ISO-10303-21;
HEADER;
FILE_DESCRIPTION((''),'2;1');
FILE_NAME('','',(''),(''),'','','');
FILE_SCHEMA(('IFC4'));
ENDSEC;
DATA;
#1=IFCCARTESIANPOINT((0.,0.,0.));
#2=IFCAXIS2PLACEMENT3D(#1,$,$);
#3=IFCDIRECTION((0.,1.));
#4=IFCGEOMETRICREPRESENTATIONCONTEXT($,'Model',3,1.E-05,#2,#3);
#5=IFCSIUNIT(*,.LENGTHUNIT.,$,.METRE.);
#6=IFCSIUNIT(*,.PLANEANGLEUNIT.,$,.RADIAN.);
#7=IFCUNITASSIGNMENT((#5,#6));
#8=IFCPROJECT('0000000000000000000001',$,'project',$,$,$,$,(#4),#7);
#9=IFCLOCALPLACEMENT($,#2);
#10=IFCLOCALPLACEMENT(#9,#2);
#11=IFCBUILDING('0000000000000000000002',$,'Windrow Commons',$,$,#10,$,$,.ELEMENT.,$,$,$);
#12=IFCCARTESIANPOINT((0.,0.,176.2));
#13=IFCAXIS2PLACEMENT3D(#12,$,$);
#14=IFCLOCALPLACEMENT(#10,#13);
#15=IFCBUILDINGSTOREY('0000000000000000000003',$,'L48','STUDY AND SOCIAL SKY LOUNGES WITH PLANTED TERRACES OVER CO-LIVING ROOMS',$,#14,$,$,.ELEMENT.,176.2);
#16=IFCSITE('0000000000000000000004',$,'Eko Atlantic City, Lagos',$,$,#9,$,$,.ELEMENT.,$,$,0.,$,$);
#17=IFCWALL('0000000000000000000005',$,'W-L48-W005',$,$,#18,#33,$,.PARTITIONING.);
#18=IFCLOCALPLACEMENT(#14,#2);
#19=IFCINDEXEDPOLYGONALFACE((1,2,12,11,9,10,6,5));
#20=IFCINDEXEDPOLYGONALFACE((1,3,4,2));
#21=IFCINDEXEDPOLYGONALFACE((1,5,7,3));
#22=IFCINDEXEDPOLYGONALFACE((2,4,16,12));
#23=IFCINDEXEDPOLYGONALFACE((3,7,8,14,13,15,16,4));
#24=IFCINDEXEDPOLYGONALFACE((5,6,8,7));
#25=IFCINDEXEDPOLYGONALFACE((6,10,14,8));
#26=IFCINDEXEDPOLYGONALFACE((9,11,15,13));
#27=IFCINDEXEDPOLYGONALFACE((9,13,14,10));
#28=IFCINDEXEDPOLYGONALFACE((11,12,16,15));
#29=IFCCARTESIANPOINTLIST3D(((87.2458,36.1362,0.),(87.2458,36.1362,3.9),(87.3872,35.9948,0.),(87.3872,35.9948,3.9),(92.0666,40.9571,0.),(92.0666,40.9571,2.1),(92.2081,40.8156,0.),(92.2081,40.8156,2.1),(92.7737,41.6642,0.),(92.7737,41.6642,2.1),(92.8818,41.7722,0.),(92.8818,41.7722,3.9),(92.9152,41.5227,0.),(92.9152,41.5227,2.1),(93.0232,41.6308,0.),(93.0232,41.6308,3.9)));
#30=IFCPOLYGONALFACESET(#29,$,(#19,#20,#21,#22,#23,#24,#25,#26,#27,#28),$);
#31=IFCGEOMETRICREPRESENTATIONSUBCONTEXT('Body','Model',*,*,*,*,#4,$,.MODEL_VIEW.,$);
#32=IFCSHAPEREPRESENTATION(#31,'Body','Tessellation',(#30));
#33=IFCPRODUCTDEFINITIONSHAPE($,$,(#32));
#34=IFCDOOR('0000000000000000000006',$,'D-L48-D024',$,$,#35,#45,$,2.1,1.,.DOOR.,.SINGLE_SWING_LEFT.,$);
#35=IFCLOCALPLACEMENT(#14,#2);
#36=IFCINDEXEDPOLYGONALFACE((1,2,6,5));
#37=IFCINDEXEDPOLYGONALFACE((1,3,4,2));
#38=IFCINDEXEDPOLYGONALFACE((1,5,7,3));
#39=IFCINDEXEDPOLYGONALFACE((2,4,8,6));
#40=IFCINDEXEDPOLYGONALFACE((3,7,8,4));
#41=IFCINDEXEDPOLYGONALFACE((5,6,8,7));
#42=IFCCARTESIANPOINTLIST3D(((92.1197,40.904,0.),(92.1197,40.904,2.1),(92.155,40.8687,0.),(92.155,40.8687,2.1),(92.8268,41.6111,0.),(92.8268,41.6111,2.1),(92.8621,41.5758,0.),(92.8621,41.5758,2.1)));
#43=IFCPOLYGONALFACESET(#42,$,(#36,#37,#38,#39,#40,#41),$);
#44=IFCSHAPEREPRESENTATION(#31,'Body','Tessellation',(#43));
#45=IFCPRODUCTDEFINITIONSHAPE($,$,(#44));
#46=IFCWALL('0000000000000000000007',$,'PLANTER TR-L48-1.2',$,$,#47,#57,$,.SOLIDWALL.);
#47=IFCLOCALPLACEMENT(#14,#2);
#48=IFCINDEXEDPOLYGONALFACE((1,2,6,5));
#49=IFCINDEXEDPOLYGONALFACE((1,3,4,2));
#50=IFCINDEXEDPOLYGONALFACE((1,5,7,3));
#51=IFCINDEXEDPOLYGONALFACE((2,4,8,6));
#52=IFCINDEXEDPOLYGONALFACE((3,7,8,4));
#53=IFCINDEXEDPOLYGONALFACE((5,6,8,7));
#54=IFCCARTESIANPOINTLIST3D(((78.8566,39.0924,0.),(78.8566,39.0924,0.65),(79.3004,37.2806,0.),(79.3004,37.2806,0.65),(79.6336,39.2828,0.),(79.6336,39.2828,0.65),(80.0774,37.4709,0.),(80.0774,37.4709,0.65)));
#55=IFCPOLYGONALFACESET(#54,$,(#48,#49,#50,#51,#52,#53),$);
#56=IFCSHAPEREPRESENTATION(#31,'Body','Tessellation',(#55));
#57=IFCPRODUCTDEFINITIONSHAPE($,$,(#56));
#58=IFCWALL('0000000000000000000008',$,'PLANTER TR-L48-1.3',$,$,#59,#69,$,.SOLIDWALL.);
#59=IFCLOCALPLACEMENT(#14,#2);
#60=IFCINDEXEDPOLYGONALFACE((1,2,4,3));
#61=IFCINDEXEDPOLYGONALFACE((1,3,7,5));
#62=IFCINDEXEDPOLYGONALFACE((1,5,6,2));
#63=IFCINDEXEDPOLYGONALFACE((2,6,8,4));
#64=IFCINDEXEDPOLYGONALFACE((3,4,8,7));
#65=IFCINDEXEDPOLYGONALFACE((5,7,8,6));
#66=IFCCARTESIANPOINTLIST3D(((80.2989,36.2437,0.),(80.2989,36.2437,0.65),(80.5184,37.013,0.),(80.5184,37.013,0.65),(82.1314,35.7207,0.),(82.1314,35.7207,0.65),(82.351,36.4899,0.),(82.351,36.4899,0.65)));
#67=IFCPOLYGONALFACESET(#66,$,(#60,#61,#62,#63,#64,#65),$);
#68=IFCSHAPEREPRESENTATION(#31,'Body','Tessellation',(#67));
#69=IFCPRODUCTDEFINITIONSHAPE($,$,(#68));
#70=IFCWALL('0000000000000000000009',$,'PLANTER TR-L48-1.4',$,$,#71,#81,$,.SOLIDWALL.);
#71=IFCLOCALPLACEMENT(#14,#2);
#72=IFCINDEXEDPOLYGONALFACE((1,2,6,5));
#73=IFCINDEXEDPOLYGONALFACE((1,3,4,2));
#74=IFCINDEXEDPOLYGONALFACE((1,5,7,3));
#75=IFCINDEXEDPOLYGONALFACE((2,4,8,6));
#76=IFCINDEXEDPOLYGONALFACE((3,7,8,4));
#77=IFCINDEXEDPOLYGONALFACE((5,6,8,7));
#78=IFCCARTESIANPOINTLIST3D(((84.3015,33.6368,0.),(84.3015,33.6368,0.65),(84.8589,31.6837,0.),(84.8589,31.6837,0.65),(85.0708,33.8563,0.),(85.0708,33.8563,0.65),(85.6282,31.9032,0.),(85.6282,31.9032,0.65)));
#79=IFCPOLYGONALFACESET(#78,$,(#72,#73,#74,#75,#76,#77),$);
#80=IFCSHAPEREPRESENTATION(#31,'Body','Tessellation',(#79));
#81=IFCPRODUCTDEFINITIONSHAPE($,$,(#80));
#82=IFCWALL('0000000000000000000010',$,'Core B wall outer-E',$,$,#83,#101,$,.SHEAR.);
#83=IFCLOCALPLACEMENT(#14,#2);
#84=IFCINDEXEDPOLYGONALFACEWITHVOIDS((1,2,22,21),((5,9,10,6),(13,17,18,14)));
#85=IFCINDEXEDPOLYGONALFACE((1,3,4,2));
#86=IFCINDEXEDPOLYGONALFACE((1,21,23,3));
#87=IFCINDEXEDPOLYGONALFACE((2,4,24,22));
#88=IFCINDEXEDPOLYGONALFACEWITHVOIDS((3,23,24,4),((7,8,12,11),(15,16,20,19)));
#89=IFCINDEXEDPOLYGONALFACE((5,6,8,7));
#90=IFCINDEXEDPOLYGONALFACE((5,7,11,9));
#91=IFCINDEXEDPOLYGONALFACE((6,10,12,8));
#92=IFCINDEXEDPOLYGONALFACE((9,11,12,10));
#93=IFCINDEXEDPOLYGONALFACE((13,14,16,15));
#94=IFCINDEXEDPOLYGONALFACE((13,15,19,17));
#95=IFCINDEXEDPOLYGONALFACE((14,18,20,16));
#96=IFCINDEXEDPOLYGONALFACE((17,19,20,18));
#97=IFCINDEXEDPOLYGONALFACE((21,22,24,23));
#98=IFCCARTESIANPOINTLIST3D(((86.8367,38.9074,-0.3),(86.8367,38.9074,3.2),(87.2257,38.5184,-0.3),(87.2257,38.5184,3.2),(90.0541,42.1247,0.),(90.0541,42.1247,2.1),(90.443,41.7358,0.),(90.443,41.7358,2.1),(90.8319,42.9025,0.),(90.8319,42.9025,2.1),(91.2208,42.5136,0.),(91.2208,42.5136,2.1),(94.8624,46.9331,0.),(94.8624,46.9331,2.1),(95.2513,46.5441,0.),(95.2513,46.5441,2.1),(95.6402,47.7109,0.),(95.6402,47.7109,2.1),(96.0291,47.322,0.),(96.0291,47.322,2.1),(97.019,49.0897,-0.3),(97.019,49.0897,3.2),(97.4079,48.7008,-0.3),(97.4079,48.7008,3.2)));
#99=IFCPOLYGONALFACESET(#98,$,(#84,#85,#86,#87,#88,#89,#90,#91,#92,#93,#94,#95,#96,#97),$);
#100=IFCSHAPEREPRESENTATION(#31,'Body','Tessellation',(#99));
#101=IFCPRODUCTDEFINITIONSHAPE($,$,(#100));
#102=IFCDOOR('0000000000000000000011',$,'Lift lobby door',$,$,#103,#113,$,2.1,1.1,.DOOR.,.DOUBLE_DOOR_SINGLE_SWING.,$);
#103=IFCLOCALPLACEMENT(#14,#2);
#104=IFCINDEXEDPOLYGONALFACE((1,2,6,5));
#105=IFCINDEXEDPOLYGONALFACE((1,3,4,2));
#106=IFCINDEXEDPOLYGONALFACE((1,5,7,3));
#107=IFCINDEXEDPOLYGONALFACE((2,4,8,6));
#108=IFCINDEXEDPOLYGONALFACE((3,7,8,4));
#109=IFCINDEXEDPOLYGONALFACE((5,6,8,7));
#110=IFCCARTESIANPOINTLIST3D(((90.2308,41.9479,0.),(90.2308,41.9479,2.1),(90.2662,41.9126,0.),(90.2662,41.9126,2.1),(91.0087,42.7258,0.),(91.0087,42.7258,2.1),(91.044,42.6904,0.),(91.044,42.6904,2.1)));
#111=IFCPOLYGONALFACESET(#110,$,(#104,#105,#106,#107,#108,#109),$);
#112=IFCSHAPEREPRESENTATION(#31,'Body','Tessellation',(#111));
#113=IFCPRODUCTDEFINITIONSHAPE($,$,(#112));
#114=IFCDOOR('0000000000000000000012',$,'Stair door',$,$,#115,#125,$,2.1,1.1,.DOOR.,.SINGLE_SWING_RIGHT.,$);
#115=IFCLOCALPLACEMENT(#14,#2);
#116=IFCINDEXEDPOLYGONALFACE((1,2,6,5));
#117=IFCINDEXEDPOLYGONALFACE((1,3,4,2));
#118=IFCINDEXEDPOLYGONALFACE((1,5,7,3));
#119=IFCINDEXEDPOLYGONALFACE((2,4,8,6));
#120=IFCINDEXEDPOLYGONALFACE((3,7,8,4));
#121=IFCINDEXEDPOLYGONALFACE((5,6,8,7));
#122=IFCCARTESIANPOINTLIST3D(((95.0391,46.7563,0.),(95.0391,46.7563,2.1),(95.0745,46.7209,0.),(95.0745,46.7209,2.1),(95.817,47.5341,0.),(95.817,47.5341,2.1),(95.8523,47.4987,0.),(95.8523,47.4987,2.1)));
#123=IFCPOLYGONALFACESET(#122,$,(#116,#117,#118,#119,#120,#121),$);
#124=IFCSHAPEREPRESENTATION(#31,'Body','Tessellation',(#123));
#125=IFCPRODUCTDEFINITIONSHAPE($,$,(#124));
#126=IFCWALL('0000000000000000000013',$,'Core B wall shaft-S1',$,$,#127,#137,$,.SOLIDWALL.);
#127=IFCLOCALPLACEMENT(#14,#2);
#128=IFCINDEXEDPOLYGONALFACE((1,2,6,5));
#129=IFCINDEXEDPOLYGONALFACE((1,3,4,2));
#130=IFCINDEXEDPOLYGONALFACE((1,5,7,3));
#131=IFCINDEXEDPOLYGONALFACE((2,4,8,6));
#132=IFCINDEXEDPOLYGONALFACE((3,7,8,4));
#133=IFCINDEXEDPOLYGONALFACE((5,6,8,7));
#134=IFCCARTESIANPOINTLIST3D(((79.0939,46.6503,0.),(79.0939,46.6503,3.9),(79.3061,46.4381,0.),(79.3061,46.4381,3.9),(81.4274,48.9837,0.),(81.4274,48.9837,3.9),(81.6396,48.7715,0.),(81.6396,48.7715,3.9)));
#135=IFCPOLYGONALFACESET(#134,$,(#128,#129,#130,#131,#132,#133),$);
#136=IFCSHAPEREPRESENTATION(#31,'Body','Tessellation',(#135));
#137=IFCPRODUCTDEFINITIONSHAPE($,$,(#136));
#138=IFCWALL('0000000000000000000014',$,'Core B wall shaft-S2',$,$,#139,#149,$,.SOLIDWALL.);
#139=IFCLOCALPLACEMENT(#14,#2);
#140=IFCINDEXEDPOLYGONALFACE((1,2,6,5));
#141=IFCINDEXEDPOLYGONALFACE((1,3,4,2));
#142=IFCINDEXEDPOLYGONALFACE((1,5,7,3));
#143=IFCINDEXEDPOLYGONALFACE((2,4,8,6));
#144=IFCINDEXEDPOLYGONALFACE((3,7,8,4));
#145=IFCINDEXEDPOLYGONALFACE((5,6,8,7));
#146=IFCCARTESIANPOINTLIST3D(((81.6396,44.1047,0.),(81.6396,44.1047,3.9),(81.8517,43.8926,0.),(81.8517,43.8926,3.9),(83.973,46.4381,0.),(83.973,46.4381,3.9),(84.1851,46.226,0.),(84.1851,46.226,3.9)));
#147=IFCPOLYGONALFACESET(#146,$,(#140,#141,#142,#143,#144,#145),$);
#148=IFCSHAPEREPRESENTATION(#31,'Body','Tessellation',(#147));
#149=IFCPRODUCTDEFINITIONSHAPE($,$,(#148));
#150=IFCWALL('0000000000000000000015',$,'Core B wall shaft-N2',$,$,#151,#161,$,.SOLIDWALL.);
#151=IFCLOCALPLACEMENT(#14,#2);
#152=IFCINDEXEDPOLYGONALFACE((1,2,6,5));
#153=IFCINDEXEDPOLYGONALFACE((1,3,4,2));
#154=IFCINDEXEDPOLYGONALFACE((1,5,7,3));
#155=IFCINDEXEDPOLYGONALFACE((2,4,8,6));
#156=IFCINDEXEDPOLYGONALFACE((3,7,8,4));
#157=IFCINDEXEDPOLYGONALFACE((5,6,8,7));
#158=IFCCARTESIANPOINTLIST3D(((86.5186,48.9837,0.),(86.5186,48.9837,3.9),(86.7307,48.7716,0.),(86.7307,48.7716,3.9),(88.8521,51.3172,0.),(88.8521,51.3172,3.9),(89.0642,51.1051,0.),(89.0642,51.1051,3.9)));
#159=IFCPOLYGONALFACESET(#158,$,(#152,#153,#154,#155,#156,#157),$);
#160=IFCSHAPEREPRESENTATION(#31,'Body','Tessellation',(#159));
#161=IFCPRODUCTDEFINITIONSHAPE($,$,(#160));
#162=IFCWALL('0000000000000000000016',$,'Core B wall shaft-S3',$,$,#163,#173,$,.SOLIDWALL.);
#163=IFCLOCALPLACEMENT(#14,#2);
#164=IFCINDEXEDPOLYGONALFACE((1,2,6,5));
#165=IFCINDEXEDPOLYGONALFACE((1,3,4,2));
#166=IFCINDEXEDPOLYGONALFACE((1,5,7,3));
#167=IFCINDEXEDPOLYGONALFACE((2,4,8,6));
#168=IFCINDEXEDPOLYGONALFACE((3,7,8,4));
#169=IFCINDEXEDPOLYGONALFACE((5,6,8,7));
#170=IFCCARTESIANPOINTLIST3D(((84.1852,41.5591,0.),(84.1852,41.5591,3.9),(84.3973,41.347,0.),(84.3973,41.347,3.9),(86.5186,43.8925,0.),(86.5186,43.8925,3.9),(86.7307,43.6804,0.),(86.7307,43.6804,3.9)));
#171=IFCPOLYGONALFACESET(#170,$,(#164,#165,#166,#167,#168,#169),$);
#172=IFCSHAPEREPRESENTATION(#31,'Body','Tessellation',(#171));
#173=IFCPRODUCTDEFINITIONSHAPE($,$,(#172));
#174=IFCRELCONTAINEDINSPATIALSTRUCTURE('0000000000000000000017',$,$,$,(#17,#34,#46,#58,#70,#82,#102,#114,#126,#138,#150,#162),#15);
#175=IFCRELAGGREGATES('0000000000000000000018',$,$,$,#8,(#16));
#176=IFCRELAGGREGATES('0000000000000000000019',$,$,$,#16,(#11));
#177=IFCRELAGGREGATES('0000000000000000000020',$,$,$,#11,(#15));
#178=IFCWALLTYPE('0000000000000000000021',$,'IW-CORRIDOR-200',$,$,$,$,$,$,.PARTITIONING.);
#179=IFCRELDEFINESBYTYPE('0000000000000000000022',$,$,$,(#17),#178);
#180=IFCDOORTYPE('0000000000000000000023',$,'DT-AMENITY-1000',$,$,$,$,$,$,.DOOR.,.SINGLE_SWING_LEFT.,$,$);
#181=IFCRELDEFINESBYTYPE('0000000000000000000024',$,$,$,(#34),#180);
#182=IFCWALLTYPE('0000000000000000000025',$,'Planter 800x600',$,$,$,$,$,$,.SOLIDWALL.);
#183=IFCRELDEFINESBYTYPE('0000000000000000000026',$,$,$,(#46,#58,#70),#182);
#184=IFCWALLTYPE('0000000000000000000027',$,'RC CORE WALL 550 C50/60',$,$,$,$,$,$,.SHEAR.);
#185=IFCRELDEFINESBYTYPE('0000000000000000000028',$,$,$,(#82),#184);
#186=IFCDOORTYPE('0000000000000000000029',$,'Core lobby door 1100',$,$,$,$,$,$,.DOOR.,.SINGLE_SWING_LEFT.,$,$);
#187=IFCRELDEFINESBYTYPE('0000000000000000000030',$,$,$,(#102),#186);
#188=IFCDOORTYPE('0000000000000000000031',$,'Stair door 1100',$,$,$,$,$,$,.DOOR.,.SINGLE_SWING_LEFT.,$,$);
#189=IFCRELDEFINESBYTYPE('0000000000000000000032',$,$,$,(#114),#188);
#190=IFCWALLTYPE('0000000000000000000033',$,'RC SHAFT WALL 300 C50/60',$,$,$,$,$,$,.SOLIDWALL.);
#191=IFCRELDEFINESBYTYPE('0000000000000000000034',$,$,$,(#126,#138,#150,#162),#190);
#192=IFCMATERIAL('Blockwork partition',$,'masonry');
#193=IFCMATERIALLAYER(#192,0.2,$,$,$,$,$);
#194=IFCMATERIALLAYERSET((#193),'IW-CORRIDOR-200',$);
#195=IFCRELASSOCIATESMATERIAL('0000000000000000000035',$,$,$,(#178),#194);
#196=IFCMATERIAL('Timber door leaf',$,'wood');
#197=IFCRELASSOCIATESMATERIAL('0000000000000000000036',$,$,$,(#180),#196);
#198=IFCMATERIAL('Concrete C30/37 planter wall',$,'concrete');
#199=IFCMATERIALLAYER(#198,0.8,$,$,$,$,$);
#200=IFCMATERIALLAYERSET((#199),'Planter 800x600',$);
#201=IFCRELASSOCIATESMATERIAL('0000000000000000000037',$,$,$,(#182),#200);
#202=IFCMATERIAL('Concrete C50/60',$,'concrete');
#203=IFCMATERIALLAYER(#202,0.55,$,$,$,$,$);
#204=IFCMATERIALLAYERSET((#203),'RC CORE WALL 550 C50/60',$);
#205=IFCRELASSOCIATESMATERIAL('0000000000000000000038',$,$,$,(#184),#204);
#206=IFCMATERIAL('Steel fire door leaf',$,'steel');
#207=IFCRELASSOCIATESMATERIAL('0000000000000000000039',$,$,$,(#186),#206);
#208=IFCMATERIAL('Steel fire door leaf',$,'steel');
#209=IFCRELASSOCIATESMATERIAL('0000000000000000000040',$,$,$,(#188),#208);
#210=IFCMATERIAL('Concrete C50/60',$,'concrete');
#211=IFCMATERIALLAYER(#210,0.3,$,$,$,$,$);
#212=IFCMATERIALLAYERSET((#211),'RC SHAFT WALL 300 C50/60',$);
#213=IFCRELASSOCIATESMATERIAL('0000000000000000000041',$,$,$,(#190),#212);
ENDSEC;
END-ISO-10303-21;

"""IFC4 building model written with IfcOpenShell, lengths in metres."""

from ifc_helpers import new_model, si_unit, direction, frame, frame_2d, origin, place, context, subcontext, project, spatial, rectangle, extrude, material, layer, layer_set, type_object, element, fill, save


model = new_model("IFC4")

# Units and contexts
model_context = context("Model", 3, precision=1e-05, world=origin(), true_north=direction((0.0, 1.0)))
body_context = subcontext(model_context, "Body", "Model", "MODEL_VIEW")
ifc_project = project(units=[si_unit("LENGTHUNIT", "METRE"), si_unit("PLANEANGLEUNIT", "RADIAN")], contexts=[model_context])

# Site, building, storey
site_placement = place(None, origin())
site = spatial("IfcSite", under=ifc_project, at=site_placement, Name="Eko Atlantic City, Lagos", CompositionType="ELEMENT", RefElevation=0.0)
building_placement = place(site_placement, origin())
building = spatial("IfcBuilding", under=site, at=building_placement, Name="Windrow Commons", CompositionType="ELEMENT")
storey_placement = place(building_placement, frame((0.0, 0.0, 176.2)))
storey = spatial("IfcBuildingStorey", under=building, at=storey_placement, Name="L48", Description="STUDY AND SOCIAL SKY LOUNGES WITH PLANTED TERRACES OVER CO-LIVING ROOMS", CompositionType="ELEMENT", Elevation=176.2)

# Wall, opening, door
ifc_material_1 = material(Name="Blockwork partition", Category="masonry")
ifc_layer_1 = layer(ifc_material_1, 0.2)
ifc_layer_set_1 = layer_set([ifc_layer_1], Name="IW-CORRIDOR-200")
wall_type_1 = type_object("IfcWallType", Name="IW-CORRIDOR-200", PredefinedType="PARTITIONING", material=ifc_layer_set_1)
wall_1_placement = place(storey_placement, frame((87.3165, 36.0655, 0.0), z_axis=(0.0, 0.0, 1.0), x_axis=(0.707107, 0.707107, 0.0)))
wall_1 = element("IfcWall", 1, at=wall_1_placement, inside=storey, type_object=wall_type_1, Name="W-L48-W005", PredefinedType="PARTITIONING", context=body_context, shape_type="SweptSolid", body=[
    extrude(rectangle(XDim=7.9705, YDim=0.2, at=frame_2d((3.9853, 0.0))), origin(), (0.0, 0.0, 1.0), 3.9),
])
opening_1_placement = place(wall_1_placement, frame((6.8177, 0.0, 0.0)))
opening_1 = element("IfcOpeningElement", 2, at=opening_1_placement, cuts=wall_1, PredefinedType="OPENING", context=body_context, shape_type="SweptSolid", body=[
    extrude(rectangle(XDim=1.0, YDim=2.1, at=frame_2d((0.5, 1.05))), frame((0.0, 0.11, 0.0), z_axis=(0.0, -1.0, 0.0), x_axis=(1.0, 0.0, 0.0)), (0.0, 0.0, 1.0), 0.22),
])
ifc_material_2 = material(Name="Timber door leaf", Category="wood")
door_type_1 = type_object("IfcDoorType", Name="DT-AMENITY-1000", OperationType="SINGLE_SWING_LEFT", PredefinedType="DOOR", material=ifc_material_2)
door_1_placement = place(opening_1_placement, origin())
door_1 = element("IfcDoor", 3, at=door_1_placement, inside=storey, type_object=door_type_1, Name="D-L48-D024", OperationType="SINGLE_SWING_LEFT", OverallHeight=2.1, OverallWidth=1.0, PredefinedType="DOOR", context=body_context, shape_type="SweptSolid", body=[
    extrude(rectangle(XDim=1.0, YDim=2.1, at=frame_2d((0.5, 1.05))), frame((0.0, 0.025, 0.0), z_axis=(0.0, -1.0, 0.0), x_axis=(1.0, 0.0, 0.0)), (0.0, 0.0, 1.0), 0.05),
])
fill(opening_1, door_1)

# Walls
ifc_material_3 = material(Name="Concrete C30/37 planter wall", Category="concrete")
ifc_layer_2 = layer(ifc_material_3, 0.8)
ifc_layer_set_2 = layer_set([ifc_layer_2], Name="Planter 800x600")
wall_type_2 = type_object("IfcWallType", Name="Planter 800x600", PredefinedType="SOLIDWALL", material=ifc_layer_set_2)
wall_2_placement = place(storey_placement, frame((79.2451, 39.1876, 0.0), z_axis=(0.0, 0.0, 1.0), x_axis=(0.237916, -0.971286, 0.0)))
element("IfcWall", 4, at=wall_2_placement, inside=storey, type_object=wall_type_2, Name="PLANTER TR-L48-1.2", PredefinedType="SOLIDWALL", context=body_context, shape_type="SweptSolid", body=[
    extrude(rectangle(XDim=1.8654, YDim=0.8, at=frame_2d((0.9327, 0.0))), origin(), (0.0, 0.0, 1.0), 0.65),
])
wall_3_placement = place(storey_placement, frame((80.4087, 36.6283, 0.0), z_axis=(0.0, 0.0, 1.0), x_axis=(0.961603, -0.274444, 0.0)))
element("IfcWall", 5, at=wall_3_placement, inside=storey, type_object=wall_type_2, Name="PLANTER TR-L48-1.3", PredefinedType="SOLIDWALL", context=body_context, shape_type="SweptSolid", body=[
    extrude(rectangle(XDim=1.9057, YDim=0.8, at=frame_2d((0.9528, 0.0))), origin(), (0.0, 0.0, 1.0), 0.65),
])
wall_4_placement = place(storey_placement, frame((84.6862, 33.7465, 0.0), z_axis=(0.0, 0.0, 1.0), x_axis=(0.274435, -0.961606, 0.0)))
element("IfcWall", 6, at=wall_4_placement, inside=storey, type_object=wall_type_2, Name="PLANTER TR-L48-1.4", PredefinedType="SOLIDWALL", context=body_context, shape_type="SweptSolid", body=[
    extrude(rectangle(XDim=2.0311, YDim=0.8, at=frame_2d((1.0155, 0.0))), origin(), (0.0, 0.0, 1.0), 0.65),
])

# Wall, openings, doors
ifc_material_4 = material(Name="Concrete C50/60", Category="concrete")
ifc_layer_3 = layer(ifc_material_4, 0.55)
ifc_layer_set_3 = layer_set([ifc_layer_3], Name="RC CORE WALL 550 C50/60")
wall_type_3 = type_object("IfcWallType", Name="RC CORE WALL 550 C50/60", PredefinedType="SHEAR", material=ifc_layer_set_3)
wall_5_placement = place(storey_placement, frame((87.0312, 38.7129, -0.3), z_axis=(0.0, 0.0, 1.0), x_axis=(0.707103, 0.70711, 0.0)))
wall_5 = element("IfcWall", 7, at=wall_5_placement, inside=storey, type_object=wall_type_3, Name="Core B wall outer-E", PredefinedType="SHEAR", context=body_context, shape_type="SweptSolid", body=[
    extrude(rectangle(XDim=14.4, YDim=0.55, at=frame_2d((7.2, 0.0))), origin(), (0.0, 0.0, 1.0), 3.5),
])
opening_2_placement = place(wall_5_placement, frame((4.55, 0.0, 0.3)))
opening_2 = element("IfcOpeningElement", 8, at=opening_2_placement, cuts=wall_5, PredefinedType="OPENING", context=body_context, shape_type="SweptSolid", body=[
    extrude(rectangle(XDim=1.1, YDim=2.1, at=frame_2d((0.55, 1.05))), frame((0.0, 0.285, 0.0), z_axis=(0.0, -1.0, 0.0), x_axis=(1.0, 0.0, 0.0)), (0.0, 0.0, 1.0), 0.57),
])
opening_3_placement = place(wall_5_placement, frame((11.35, 0.0, 0.3)))
opening_3 = element("IfcOpeningElement", 9, at=opening_3_placement, cuts=wall_5, PredefinedType="OPENING", context=body_context, shape_type="SweptSolid", body=[
    extrude(rectangle(XDim=1.1, YDim=2.1, at=frame_2d((0.55, 1.05))), frame((0.0, 0.285, 0.0), z_axis=(0.0, -1.0, 0.0), x_axis=(1.0, 0.0, 0.0)), (0.0, 0.0, 1.0), 0.57),
])
ifc_material_5 = material(Name="Steel fire door leaf", Category="steel")
door_type_2 = type_object("IfcDoorType", Name="Core lobby door 1100", OperationType="SINGLE_SWING_LEFT", PredefinedType="DOOR", material=ifc_material_5)
door_2_placement = place(opening_2_placement, origin())
door_2 = element("IfcDoor", 10, at=door_2_placement, inside=storey, type_object=door_type_2, Name="Lift lobby door", OperationType="DOUBLE_DOOR_SINGLE_SWING", OverallHeight=2.1, OverallWidth=1.1, PredefinedType="DOOR", context=body_context, shape_type="SweptSolid", body=[
    extrude(rectangle(XDim=1.1, YDim=2.1, at=frame_2d((0.55, 1.05))), frame((0.0, 0.025, 0.0), z_axis=(0.0, -1.0, 0.0), x_axis=(1.0, 0.0, 0.0)), (0.0, 0.0, 1.0), 0.05),
])
fill(opening_2, door_2)
ifc_material_6 = material(Name="Steel fire door leaf", Category="steel")
door_type_3 = type_object("IfcDoorType", Name="Stair door 1100", OperationType="SINGLE_SWING_LEFT", PredefinedType="DOOR", material=ifc_material_6)
door_3_placement = place(opening_3_placement, origin())
door_3 = element("IfcDoor", 11, at=door_3_placement, inside=storey, type_object=door_type_3, Name="Stair door", OperationType="SINGLE_SWING_RIGHT", OverallHeight=2.1, OverallWidth=1.1, PredefinedType="DOOR", context=body_context, shape_type="SweptSolid", body=[
    extrude(rectangle(XDim=1.1, YDim=2.1, at=frame_2d((0.55, 1.05))), frame((0.0, 0.025, 0.0), z_axis=(0.0, -1.0, 0.0), x_axis=(1.0, 0.0, 0.0)), (0.0, 0.0, 1.0), 0.05),
])
fill(opening_3, door_3)

# Walls
ifc_material_7 = material(Name="Concrete C50/60", Category="concrete")
ifc_layer_4 = layer(ifc_material_7, 0.3)
ifc_layer_set_4 = layer_set([ifc_layer_4], Name="RC SHAFT WALL 300 C50/60")
wall_type_4 = type_object("IfcWallType", Name="RC SHAFT WALL 300 C50/60", PredefinedType="SOLIDWALL", material=ifc_layer_set_4)
wall_6_placement = place(storey_placement, frame((79.2, 46.5442, 0.0), z_axis=(0.0, 0.0, 1.0), x_axis=(0.707122, 0.707092, 0.0)))
element("IfcWall", 12, at=wall_6_placement, inside=storey, type_object=wall_type_4, Name="Core B wall shaft-S1", PredefinedType="SOLIDWALL", context=body_context, shape_type="SweptSolid", body=[
    extrude(rectangle(XDim=3.3, YDim=0.3, at=frame_2d((1.65, 0.0))), origin(), (0.0, 0.0, 1.0), 3.9),
])
wall_7_placement = place(storey_placement, frame((81.7456, 43.9986, 0.0), z_axis=(0.0, 0.0, 1.0), x_axis=(0.707107, 0.707107, 0.0)))
element("IfcWall", 13, at=wall_7_placement, inside=storey, type_object=wall_type_4, Name="Core B wall shaft-S2", PredefinedType="SOLIDWALL", context=body_context, shape_type="SweptSolid", body=[
    extrude(rectangle(XDim=3.2999, YDim=0.3, at=frame_2d((1.65, 0.0))), origin(), (0.0, 0.0, 1.0), 3.9),
])
wall_8_placement = place(storey_placement, frame((86.6246, 48.8776, 0.0), z_axis=(0.0, 0.0, 1.0), x_axis=(0.707107, 0.707107, 0.0)))
element("IfcWall", 14, at=wall_8_placement, inside=storey, type_object=wall_type_4, Name="Core B wall shaft-N2", PredefinedType="SOLIDWALL", context=body_context, shape_type="SweptSolid", body=[
    extrude(rectangle(XDim=3.3001, YDim=0.3, at=frame_2d((1.6501, 0.0))), origin(), (0.0, 0.0, 1.0), 3.9),
])
wall_9_placement = place(storey_placement, frame((84.2912, 41.453, 0.0), z_axis=(0.0, 0.0, 1.0), x_axis=(0.707107, 0.707107, 0.0)))
element("IfcWall", 15, at=wall_9_placement, inside=storey, type_object=wall_type_4, Name="Core B wall shaft-S3", PredefinedType="SOLIDWALL", context=body_context, shape_type="SweptSolid", body=[
    extrude(rectangle(XDim=3.2999, YDim=0.3, at=frame_2d((1.65, 0.0))), origin(), (0.0, 0.0, 1.0), 3.9),
])

save(model, "model.ifc")
